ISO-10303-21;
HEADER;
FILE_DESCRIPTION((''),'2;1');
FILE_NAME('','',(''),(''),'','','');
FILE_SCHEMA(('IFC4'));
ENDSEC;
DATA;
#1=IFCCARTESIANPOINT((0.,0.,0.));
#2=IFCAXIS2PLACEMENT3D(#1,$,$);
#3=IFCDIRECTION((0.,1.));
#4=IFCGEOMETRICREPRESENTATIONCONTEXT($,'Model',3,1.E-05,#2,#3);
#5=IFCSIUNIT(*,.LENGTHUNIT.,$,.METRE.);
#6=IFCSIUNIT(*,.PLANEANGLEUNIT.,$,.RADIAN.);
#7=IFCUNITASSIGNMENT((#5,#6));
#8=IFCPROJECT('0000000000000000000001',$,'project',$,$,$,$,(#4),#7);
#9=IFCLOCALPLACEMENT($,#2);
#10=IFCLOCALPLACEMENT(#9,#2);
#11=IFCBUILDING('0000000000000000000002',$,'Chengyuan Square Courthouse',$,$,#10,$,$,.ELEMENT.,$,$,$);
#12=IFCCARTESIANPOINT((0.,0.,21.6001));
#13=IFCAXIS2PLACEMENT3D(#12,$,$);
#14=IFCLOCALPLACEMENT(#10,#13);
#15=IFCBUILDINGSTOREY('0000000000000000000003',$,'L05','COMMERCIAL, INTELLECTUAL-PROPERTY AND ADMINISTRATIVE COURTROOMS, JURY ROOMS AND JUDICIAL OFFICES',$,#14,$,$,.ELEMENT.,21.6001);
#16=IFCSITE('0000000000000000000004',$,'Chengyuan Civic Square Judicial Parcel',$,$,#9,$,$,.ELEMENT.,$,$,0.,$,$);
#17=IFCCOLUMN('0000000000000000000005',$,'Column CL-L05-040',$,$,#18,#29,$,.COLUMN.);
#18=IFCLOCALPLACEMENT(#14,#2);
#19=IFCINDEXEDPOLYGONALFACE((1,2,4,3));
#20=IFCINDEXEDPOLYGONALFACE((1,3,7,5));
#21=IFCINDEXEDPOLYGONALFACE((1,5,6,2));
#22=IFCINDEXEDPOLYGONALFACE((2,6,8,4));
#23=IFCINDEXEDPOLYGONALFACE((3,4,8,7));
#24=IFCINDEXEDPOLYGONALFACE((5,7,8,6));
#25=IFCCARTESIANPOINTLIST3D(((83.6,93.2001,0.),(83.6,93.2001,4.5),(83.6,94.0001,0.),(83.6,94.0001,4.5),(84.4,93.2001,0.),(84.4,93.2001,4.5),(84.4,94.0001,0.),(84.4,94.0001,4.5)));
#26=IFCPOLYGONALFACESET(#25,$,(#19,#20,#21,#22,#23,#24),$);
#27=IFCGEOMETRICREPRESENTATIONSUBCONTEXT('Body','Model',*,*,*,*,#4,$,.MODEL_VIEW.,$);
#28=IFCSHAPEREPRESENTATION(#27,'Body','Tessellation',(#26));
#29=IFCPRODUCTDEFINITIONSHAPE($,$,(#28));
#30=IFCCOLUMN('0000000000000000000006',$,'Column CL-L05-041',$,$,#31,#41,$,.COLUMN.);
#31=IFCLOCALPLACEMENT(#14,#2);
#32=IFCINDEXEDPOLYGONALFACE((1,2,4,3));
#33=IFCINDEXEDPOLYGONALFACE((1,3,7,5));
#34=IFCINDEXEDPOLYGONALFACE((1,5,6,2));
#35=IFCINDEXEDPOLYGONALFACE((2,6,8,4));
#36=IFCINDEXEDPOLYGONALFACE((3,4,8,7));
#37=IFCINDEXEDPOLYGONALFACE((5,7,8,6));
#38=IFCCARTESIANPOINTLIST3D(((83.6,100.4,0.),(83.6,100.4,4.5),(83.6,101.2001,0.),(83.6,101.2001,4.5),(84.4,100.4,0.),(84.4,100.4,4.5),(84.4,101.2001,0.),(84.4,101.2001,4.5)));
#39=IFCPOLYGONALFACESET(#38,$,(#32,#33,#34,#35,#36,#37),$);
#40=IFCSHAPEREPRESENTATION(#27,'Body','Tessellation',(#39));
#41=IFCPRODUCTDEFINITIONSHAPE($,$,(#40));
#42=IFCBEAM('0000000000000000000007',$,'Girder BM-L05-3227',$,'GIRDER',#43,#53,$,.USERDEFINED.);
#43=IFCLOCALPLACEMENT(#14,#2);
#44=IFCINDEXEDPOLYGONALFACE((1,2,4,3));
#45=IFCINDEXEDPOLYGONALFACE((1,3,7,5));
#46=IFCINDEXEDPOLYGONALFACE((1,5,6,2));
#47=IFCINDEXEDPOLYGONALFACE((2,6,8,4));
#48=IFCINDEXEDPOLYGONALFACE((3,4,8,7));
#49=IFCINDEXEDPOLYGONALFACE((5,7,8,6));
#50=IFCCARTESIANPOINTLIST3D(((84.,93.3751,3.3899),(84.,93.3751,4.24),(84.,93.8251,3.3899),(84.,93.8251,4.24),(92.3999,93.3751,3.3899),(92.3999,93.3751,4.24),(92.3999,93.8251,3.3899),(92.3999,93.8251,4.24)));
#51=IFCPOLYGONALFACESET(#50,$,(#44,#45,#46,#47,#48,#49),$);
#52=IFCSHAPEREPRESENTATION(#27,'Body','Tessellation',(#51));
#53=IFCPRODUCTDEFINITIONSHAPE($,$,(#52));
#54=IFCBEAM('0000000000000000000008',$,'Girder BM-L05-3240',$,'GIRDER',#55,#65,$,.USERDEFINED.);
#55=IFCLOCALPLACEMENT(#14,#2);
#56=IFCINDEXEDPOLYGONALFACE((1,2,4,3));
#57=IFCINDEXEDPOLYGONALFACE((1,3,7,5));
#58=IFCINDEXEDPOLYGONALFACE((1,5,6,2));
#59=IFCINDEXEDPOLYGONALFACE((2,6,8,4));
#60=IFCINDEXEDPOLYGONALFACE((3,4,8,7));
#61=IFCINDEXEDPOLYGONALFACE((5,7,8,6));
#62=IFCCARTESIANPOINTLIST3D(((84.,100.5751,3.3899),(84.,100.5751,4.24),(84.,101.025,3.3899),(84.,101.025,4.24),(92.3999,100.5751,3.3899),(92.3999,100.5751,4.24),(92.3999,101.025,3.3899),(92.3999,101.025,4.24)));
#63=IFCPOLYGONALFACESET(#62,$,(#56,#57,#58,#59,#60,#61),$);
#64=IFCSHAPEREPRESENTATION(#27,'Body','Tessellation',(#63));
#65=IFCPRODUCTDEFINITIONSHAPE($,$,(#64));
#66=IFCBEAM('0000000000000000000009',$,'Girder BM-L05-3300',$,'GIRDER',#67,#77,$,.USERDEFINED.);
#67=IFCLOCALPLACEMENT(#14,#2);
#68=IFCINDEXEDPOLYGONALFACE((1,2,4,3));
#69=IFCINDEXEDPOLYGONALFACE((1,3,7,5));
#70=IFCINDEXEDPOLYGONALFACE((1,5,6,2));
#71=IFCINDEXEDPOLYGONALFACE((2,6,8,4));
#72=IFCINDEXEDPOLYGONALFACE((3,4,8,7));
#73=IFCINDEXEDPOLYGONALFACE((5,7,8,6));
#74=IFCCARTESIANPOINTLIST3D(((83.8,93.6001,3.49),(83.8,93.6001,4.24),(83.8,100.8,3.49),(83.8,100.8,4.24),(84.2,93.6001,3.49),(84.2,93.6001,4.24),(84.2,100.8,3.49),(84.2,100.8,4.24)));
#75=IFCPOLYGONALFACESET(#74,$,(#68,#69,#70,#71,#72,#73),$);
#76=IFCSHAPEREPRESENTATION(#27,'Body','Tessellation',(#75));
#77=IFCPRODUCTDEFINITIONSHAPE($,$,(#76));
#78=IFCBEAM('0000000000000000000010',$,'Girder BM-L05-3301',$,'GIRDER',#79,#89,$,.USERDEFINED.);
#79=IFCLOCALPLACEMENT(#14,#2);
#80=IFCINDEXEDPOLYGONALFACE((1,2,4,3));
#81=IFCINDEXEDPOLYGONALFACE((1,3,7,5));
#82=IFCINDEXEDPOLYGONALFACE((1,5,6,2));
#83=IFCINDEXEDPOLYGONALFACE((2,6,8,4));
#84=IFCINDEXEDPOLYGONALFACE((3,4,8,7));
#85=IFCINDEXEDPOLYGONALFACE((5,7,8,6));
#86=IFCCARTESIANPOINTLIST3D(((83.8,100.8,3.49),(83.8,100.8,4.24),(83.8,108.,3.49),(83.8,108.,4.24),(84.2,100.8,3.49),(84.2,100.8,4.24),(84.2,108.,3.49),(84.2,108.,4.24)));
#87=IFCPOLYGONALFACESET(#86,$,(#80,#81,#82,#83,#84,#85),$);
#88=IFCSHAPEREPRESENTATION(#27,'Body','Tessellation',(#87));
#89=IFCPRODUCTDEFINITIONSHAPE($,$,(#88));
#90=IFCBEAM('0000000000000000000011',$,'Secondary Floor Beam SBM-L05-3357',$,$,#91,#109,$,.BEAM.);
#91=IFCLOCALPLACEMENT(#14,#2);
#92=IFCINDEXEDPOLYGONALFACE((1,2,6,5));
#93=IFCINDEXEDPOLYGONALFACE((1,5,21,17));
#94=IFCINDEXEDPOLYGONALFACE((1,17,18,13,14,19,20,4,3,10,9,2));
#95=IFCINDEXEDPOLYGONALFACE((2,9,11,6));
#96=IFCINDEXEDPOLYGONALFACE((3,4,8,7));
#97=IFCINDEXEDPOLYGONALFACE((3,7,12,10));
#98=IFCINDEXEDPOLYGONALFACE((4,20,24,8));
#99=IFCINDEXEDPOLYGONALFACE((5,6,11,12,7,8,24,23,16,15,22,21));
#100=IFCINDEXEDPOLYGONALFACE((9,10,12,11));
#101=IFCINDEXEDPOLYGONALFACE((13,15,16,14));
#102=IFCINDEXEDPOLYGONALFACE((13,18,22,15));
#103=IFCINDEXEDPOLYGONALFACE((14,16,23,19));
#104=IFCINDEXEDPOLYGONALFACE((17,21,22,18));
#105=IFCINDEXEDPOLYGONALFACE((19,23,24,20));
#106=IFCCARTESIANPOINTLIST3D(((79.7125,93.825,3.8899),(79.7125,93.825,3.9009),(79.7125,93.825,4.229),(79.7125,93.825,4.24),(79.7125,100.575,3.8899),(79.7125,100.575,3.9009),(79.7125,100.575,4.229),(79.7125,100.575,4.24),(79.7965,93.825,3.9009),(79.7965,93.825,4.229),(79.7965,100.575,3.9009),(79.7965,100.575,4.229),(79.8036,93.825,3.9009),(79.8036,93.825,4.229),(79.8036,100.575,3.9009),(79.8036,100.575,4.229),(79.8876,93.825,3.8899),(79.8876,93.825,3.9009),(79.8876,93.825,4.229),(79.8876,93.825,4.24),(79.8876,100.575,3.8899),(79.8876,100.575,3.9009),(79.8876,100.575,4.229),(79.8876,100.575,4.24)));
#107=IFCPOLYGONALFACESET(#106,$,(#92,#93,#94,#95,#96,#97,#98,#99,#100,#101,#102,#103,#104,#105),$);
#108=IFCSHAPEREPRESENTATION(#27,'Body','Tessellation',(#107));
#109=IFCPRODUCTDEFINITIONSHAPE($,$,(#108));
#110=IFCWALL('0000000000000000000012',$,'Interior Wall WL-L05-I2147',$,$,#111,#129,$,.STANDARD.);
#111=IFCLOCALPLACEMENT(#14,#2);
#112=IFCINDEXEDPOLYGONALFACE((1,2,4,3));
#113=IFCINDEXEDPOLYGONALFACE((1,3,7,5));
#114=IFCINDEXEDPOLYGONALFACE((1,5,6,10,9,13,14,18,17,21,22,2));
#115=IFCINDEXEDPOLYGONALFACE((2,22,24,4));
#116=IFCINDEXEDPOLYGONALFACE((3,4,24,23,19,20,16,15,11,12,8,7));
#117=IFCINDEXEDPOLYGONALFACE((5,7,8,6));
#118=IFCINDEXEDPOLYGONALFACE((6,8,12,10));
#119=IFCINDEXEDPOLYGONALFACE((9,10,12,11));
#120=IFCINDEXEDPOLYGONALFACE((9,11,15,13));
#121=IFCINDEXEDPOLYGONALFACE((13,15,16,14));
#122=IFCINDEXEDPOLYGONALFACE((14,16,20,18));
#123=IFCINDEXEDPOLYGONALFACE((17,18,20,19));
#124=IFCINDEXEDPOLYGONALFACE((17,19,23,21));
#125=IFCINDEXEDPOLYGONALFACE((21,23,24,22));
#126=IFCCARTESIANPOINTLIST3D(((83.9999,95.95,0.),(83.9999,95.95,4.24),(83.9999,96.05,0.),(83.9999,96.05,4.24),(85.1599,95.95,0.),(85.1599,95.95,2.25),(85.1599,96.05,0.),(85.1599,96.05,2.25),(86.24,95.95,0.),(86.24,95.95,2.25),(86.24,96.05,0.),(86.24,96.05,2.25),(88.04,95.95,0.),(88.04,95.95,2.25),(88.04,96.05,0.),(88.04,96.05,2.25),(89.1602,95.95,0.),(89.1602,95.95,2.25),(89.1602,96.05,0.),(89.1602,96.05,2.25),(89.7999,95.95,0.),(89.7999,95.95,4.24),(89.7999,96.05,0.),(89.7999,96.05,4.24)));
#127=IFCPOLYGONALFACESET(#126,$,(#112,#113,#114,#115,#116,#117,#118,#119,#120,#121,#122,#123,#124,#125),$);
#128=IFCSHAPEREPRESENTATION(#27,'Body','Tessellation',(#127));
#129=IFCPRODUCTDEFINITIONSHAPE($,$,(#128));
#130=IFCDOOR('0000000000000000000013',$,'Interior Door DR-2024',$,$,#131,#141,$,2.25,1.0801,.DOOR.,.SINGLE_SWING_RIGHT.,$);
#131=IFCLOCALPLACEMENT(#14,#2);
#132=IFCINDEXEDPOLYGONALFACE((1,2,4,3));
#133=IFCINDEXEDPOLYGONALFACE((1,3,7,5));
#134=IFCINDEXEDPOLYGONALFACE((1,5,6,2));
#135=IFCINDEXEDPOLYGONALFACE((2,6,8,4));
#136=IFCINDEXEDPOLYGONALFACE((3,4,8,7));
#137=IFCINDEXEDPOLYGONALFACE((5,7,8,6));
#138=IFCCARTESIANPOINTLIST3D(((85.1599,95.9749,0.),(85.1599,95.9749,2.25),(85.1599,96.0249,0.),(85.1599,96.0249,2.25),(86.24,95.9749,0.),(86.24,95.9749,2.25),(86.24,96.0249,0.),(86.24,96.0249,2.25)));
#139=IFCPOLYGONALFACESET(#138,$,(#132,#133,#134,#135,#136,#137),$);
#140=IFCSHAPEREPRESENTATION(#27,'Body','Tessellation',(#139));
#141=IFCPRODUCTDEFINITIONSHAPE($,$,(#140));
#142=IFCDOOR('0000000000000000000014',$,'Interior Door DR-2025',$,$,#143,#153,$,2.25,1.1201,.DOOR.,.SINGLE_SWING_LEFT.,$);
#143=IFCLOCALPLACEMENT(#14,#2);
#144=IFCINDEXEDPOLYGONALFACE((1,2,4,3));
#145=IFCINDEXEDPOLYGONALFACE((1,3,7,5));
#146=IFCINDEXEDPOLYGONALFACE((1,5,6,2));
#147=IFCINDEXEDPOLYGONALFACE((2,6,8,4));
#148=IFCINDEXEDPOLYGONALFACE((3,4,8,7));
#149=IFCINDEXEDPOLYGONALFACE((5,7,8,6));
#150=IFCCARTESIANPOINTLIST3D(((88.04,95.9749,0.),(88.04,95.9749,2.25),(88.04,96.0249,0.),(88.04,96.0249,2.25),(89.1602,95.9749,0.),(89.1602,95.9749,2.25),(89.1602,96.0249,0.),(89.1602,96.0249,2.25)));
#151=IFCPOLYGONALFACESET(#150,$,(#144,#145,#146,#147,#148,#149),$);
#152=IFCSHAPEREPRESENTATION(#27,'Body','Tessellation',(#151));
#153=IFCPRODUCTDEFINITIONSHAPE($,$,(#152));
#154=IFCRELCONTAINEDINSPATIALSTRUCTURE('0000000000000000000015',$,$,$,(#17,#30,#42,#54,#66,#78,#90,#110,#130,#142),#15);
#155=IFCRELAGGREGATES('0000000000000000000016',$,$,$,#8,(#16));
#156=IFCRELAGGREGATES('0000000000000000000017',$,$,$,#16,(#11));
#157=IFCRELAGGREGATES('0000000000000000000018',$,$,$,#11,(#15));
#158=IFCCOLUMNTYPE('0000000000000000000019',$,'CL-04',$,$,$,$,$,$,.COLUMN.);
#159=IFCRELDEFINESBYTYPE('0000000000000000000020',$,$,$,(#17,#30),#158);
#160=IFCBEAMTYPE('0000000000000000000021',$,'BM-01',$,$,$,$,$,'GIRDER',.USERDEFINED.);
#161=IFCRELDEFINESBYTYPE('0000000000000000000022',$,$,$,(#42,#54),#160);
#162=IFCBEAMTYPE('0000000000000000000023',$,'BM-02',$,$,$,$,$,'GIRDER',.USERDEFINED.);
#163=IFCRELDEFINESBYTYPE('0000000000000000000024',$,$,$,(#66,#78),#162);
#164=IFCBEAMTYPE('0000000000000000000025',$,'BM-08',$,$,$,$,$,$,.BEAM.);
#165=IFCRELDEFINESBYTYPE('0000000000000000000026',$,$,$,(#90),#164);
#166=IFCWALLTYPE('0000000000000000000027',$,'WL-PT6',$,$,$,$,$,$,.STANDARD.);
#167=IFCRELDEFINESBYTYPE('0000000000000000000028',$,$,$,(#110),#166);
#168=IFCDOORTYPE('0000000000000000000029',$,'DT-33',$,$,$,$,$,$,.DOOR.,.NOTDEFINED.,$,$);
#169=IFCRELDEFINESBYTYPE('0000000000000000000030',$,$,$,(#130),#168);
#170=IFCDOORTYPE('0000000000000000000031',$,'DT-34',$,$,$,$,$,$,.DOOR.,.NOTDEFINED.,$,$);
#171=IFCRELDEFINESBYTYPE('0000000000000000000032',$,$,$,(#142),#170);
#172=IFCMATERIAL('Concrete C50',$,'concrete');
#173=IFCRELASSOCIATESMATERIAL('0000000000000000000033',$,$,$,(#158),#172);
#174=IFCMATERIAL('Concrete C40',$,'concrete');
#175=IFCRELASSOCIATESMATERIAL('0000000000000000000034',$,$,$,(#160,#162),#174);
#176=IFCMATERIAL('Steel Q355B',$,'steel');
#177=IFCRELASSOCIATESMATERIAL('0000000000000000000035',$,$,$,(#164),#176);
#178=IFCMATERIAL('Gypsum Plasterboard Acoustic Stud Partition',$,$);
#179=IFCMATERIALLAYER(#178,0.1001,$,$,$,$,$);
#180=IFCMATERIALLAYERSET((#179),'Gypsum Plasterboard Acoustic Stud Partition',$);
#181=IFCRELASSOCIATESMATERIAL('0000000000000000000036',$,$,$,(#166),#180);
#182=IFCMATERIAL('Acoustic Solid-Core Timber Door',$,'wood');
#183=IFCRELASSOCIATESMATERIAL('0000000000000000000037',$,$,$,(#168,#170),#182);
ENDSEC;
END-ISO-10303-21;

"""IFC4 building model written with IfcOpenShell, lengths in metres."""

from ifc_helpers import new_model, si_unit, direction, frame, frame_2d, origin, origin_2d, place, context, subcontext, project, spatial, rectangle, i_section, extrude, material, layer, layer_set, material_profile, profile_set, type_object, element, fill, save


model = new_model("IFC4")

# Units and contexts
model_context = context("Model", 3, precision=1e-05, world=origin(), true_north=direction((0.0, 1.0)))
body_context = subcontext(model_context, "Body", "Model", "MODEL_VIEW")
ifc_project = project(units=[si_unit("LENGTHUNIT", "METRE"), si_unit("PLANEANGLEUNIT", "RADIAN")], contexts=[model_context])

# Site, building, storey
site_placement = place(None, origin())
site = spatial("IfcSite", under=ifc_project, at=site_placement, Name="Chengyuan Civic Square Judicial Parcel", CompositionType="ELEMENT", RefElevation=0.0)
building_placement = place(site_placement, origin())
building = spatial("IfcBuilding", under=site, at=building_placement, Name="Chengyuan Square Courthouse", CompositionType="ELEMENT")
storey_placement = place(building_placement, frame((0.0, 0.0, 21.6001)))
storey = spatial("IfcBuildingStorey", under=building, at=storey_placement, Name="L05", Description="COMMERCIAL, INTELLECTUAL-PROPERTY AND ADMINISTRATIVE COURTROOMS, JURY ROOMS AND JUDICIAL OFFICES", CompositionType="ELEMENT", Elevation=21.6001)

# Columns
ifc_material_1 = material(Name="Concrete C50", Category="concrete")
ifc_material_profile_1 = material_profile(ifc_material_1, rectangle(XDim=0.8, YDim=0.8, at=origin_2d()), Name="RC-COL-800x800")
ifc_profile_set_1 = profile_set([ifc_material_profile_1], Name="Concrete C50")
column_type = type_object("IfcColumnType", Name="CL-04", PredefinedType="COLUMN", material=ifc_profile_set_1)
for number, where, z_axis, x_axis, name in (
    (1, (84.0, 93.6001, 0.0), (0.0, 0.0, 1.0), (1.0, 0.0, 0.0), "Column CL-L05-040"),
    (2, (84.0, 100.8, 0.0), (0.0, 0.0, 1.0), (1.0, 0.0, 0.0), "Column CL-L05-041"),
):
    element("IfcColumn", number, at=place(storey_placement, frame(where, z_axis=z_axis, x_axis=x_axis)), inside=storey, type_object=column_type, Name=name, PredefinedType="COLUMN", context=body_context, shape_type="SweptSolid", body=[
        extrude(rectangle(XDim=0.8, YDim=0.8, at=origin_2d()), origin(), (0.0, 0.0, 1.0), 4.5),
    ])

# Beams
ifc_material_2 = material(Name="Concrete C40", Category="concrete")
ifc_material_profile_2 = material_profile(ifc_material_2, rectangle(XDim=0.45, YDim=0.8501, at=origin_2d()), Name="RC-BM-450x850")
ifc_profile_set_2 = profile_set([ifc_material_profile_2], Name="Concrete C40")
beam_type_1 = type_object("IfcBeamType", Name="BM-01", ElementType="GIRDER", PredefinedType="USERDEFINED", material=ifc_profile_set_2)
for number, where, z_axis, x_axis, name in (
    (3, (84.0, 93.6001, 3.8149), (1.0, 0.0, 0.0), (0.0, 1.0, 0.0), "Girder BM-L05-3227"),
    (4, (84.0, 100.8, 3.8149), (1.0, 0.0, 0.0), (0.0, 1.0, 0.0), "Girder BM-L05-3240"),
):
    element("IfcBeam", number, at=place(storey_placement, frame(where, z_axis=z_axis, x_axis=x_axis)), inside=storey, type_object=beam_type_1, Name=name, ObjectType="GIRDER", PredefinedType="USERDEFINED", context=body_context, shape_type="SweptSolid", body=[
        extrude(rectangle(XDim=0.45, YDim=0.8501, at=origin_2d()), origin(), (0.0, 0.0, 1.0), 8.3999),
    ])
ifc_material_profile_3 = material_profile(ifc_material_2, rectangle(XDim=0.3999, YDim=0.75, at=origin_2d()), Name="RC-BM-400x750")
ifc_profile_set_3 = profile_set([ifc_material_profile_3], Name="Concrete C40")
beam_type_2 = type_object("IfcBeamType", Name="BM-02", ElementType="GIRDER", PredefinedType="USERDEFINED", material=ifc_profile_set_3)
for number, where, z_axis, x_axis, name in (
    (5, (84.0, 93.6001, 3.865), (0.0, 1.0, 0.0), (-1.0, 0.0, 0.0), "Girder BM-L05-3300"),
    (6, (84.0, 100.8, 3.865), (0.0, 1.0, 0.0), (-1.0, 0.0, 0.0), "Girder BM-L05-3301"),
):
    element("IfcBeam", number, at=place(storey_placement, frame(where, z_axis=z_axis, x_axis=x_axis)), inside=storey, type_object=beam_type_2, Name=name, ObjectType="GIRDER", PredefinedType="USERDEFINED", context=body_context, shape_type="SweptSolid", body=[
        extrude(rectangle(XDim=0.3999, YDim=0.75, at=origin_2d()), origin(), (0.0, 0.0, 1.0), 7.2),
    ])
ifc_material_3 = material(Name="Steel Q355B", Category="steel")
ifc_material_profile_4 = material_profile(ifc_material_3, i_section(OverallWidth=0.175, OverallDepth=0.3501, WebThickness=0.0071, FlangeThickness=0.011, at=origin_2d()), Name="HN 350x175x7x11")
ifc_profile_set_4 = profile_set([ifc_material_profile_4], Name="Steel Q355B")
beam_type_3 = type_object("IfcBeamType", Name="BM-08", PredefinedType="BEAM", material=ifc_profile_set_4)
beam_placement = place(storey_placement, frame((79.8, 93.825, 4.0649), z_axis=(0.0, 1.0, 0.0), x_axis=(-1.0, 0.0, 0.0)))
element("IfcBeam", 7, at=beam_placement, inside=storey, type_object=beam_type_3, Name="Secondary Floor Beam SBM-L05-3357", PredefinedType="BEAM", context=body_context, shape_type="SweptSolid", body=[
    extrude(i_section(OverallWidth=0.175, OverallDepth=0.3501, WebThickness=0.0071, FlangeThickness=0.011, at=origin_2d()), origin(), (0.0, 0.0, 1.0), 6.75),
])

# Wall, openings, doors
ifc_material_4 = material(Name="Gypsum Plasterboard Acoustic Stud Partition")
ifc_layer_1 = layer(ifc_material_4, 0.1001)
ifc_layer_set_1 = layer_set([ifc_layer_1], Name="Gypsum Plasterboard Acoustic Stud Partition")
wall_type_1 = type_object("IfcWallType", Name="WL-PT6", PredefinedType="STANDARD", material=ifc_layer_set_1)
wall_1_placement = place(storey_placement, frame((84.0, 96.0, 0.0), z_axis=(0.0, 0.0, 1.0), x_axis=(1.0, 0.0, 0.0)))
wall_1 = element("IfcWall", 8, at=wall_1_placement, inside=storey, type_object=wall_type_1, Name="Interior Wall WL-L05-I2147", PredefinedType="STANDARD", context=body_context, shape_type="SweptSolid", body=[
    extrude(rectangle(XDim=5.8, YDim=0.1001, at=frame_2d((2.8999, 0.0))), origin(), (0.0, 0.0, 1.0), 4.24),
])
opening_1_placement = place(wall_1_placement, frame((1.1599, 0.0, 0.0)))
opening_1 = element("IfcOpeningElement", 9, at=opening_1_placement, cuts=wall_1, PredefinedType="OPENING", context=body_context, shape_type="SweptSolid", body=[
    extrude(rectangle(XDim=1.0801, YDim=2.25, at=frame_2d((0.54, 1.125))), frame((0.0, 0.062, 0.0), z_axis=(0.0, -1.0, 0.0), x_axis=(1.0, 0.0, 0.0)), (0.0, 0.0, 1.0), 0.124),
])
opening_2_placement = place(wall_1_placement, frame((4.04, 0.0, 0.0)))
opening_2 = element("IfcOpeningElement", 10, at=opening_2_placement, cuts=wall_1, PredefinedType="OPENING", context=body_context, shape_type="SweptSolid", body=[
    extrude(rectangle(XDim=1.1201, YDim=2.25, at=frame_2d((0.5601, 1.125))), frame((0.0, 0.062, 0.0), z_axis=(0.0, -1.0, 0.0), x_axis=(1.0, 0.0, 0.0)), (0.0, 0.0, 1.0), 0.124),
])
ifc_material_5 = material(Name="Acoustic Solid-Core Timber Door", Category="wood")
door_type_1 = type_object("IfcDoorType", Name="DT-33", OperationType="NOTDEFINED", PredefinedType="DOOR", material=ifc_material_5)
door_1_placement = place(opening_1_placement, origin())
door_1 = element("IfcDoor", 11, at=door_1_placement, inside=storey, type_object=door_type_1, Name="Interior Door DR-2024", OperationType="SINGLE_SWING_RIGHT", OverallHeight=2.25, OverallWidth=1.0801, PredefinedType="DOOR", context=body_context, shape_type="SweptSolid", body=[
    extrude(rectangle(XDim=1.0801, YDim=2.25, at=frame_2d((0.54, 1.125))), frame((0.0, 0.0249, 0.0), z_axis=(0.0, -1.0, 0.0), x_axis=(1.0, 0.0, 0.0)), (0.0, 0.0, 1.0), 0.05),
])
fill(opening_1, door_1)
door_type_2 = type_object("IfcDoorType", Name="DT-34", OperationType="NOTDEFINED", PredefinedType="DOOR", material=ifc_material_5)
door_2_placement = place(opening_2_placement, origin())
door_2 = element("IfcDoor", 12, at=door_2_placement, inside=storey, type_object=door_type_2, Name="Interior Door DR-2025", OperationType="SINGLE_SWING_LEFT", OverallHeight=2.25, OverallWidth=1.1201, PredefinedType="DOOR", context=body_context, shape_type="SweptSolid", body=[
    extrude(rectangle(XDim=1.1201, YDim=2.25, at=frame_2d((0.5601, 1.125))), frame((0.0, 0.0249, 0.0), z_axis=(0.0, -1.0, 0.0), x_axis=(1.0, 0.0, 0.0)), (0.0, 0.0, 1.0), 0.05),
])
fill(opening_2, door_2)

save(model, "model.ifc")
